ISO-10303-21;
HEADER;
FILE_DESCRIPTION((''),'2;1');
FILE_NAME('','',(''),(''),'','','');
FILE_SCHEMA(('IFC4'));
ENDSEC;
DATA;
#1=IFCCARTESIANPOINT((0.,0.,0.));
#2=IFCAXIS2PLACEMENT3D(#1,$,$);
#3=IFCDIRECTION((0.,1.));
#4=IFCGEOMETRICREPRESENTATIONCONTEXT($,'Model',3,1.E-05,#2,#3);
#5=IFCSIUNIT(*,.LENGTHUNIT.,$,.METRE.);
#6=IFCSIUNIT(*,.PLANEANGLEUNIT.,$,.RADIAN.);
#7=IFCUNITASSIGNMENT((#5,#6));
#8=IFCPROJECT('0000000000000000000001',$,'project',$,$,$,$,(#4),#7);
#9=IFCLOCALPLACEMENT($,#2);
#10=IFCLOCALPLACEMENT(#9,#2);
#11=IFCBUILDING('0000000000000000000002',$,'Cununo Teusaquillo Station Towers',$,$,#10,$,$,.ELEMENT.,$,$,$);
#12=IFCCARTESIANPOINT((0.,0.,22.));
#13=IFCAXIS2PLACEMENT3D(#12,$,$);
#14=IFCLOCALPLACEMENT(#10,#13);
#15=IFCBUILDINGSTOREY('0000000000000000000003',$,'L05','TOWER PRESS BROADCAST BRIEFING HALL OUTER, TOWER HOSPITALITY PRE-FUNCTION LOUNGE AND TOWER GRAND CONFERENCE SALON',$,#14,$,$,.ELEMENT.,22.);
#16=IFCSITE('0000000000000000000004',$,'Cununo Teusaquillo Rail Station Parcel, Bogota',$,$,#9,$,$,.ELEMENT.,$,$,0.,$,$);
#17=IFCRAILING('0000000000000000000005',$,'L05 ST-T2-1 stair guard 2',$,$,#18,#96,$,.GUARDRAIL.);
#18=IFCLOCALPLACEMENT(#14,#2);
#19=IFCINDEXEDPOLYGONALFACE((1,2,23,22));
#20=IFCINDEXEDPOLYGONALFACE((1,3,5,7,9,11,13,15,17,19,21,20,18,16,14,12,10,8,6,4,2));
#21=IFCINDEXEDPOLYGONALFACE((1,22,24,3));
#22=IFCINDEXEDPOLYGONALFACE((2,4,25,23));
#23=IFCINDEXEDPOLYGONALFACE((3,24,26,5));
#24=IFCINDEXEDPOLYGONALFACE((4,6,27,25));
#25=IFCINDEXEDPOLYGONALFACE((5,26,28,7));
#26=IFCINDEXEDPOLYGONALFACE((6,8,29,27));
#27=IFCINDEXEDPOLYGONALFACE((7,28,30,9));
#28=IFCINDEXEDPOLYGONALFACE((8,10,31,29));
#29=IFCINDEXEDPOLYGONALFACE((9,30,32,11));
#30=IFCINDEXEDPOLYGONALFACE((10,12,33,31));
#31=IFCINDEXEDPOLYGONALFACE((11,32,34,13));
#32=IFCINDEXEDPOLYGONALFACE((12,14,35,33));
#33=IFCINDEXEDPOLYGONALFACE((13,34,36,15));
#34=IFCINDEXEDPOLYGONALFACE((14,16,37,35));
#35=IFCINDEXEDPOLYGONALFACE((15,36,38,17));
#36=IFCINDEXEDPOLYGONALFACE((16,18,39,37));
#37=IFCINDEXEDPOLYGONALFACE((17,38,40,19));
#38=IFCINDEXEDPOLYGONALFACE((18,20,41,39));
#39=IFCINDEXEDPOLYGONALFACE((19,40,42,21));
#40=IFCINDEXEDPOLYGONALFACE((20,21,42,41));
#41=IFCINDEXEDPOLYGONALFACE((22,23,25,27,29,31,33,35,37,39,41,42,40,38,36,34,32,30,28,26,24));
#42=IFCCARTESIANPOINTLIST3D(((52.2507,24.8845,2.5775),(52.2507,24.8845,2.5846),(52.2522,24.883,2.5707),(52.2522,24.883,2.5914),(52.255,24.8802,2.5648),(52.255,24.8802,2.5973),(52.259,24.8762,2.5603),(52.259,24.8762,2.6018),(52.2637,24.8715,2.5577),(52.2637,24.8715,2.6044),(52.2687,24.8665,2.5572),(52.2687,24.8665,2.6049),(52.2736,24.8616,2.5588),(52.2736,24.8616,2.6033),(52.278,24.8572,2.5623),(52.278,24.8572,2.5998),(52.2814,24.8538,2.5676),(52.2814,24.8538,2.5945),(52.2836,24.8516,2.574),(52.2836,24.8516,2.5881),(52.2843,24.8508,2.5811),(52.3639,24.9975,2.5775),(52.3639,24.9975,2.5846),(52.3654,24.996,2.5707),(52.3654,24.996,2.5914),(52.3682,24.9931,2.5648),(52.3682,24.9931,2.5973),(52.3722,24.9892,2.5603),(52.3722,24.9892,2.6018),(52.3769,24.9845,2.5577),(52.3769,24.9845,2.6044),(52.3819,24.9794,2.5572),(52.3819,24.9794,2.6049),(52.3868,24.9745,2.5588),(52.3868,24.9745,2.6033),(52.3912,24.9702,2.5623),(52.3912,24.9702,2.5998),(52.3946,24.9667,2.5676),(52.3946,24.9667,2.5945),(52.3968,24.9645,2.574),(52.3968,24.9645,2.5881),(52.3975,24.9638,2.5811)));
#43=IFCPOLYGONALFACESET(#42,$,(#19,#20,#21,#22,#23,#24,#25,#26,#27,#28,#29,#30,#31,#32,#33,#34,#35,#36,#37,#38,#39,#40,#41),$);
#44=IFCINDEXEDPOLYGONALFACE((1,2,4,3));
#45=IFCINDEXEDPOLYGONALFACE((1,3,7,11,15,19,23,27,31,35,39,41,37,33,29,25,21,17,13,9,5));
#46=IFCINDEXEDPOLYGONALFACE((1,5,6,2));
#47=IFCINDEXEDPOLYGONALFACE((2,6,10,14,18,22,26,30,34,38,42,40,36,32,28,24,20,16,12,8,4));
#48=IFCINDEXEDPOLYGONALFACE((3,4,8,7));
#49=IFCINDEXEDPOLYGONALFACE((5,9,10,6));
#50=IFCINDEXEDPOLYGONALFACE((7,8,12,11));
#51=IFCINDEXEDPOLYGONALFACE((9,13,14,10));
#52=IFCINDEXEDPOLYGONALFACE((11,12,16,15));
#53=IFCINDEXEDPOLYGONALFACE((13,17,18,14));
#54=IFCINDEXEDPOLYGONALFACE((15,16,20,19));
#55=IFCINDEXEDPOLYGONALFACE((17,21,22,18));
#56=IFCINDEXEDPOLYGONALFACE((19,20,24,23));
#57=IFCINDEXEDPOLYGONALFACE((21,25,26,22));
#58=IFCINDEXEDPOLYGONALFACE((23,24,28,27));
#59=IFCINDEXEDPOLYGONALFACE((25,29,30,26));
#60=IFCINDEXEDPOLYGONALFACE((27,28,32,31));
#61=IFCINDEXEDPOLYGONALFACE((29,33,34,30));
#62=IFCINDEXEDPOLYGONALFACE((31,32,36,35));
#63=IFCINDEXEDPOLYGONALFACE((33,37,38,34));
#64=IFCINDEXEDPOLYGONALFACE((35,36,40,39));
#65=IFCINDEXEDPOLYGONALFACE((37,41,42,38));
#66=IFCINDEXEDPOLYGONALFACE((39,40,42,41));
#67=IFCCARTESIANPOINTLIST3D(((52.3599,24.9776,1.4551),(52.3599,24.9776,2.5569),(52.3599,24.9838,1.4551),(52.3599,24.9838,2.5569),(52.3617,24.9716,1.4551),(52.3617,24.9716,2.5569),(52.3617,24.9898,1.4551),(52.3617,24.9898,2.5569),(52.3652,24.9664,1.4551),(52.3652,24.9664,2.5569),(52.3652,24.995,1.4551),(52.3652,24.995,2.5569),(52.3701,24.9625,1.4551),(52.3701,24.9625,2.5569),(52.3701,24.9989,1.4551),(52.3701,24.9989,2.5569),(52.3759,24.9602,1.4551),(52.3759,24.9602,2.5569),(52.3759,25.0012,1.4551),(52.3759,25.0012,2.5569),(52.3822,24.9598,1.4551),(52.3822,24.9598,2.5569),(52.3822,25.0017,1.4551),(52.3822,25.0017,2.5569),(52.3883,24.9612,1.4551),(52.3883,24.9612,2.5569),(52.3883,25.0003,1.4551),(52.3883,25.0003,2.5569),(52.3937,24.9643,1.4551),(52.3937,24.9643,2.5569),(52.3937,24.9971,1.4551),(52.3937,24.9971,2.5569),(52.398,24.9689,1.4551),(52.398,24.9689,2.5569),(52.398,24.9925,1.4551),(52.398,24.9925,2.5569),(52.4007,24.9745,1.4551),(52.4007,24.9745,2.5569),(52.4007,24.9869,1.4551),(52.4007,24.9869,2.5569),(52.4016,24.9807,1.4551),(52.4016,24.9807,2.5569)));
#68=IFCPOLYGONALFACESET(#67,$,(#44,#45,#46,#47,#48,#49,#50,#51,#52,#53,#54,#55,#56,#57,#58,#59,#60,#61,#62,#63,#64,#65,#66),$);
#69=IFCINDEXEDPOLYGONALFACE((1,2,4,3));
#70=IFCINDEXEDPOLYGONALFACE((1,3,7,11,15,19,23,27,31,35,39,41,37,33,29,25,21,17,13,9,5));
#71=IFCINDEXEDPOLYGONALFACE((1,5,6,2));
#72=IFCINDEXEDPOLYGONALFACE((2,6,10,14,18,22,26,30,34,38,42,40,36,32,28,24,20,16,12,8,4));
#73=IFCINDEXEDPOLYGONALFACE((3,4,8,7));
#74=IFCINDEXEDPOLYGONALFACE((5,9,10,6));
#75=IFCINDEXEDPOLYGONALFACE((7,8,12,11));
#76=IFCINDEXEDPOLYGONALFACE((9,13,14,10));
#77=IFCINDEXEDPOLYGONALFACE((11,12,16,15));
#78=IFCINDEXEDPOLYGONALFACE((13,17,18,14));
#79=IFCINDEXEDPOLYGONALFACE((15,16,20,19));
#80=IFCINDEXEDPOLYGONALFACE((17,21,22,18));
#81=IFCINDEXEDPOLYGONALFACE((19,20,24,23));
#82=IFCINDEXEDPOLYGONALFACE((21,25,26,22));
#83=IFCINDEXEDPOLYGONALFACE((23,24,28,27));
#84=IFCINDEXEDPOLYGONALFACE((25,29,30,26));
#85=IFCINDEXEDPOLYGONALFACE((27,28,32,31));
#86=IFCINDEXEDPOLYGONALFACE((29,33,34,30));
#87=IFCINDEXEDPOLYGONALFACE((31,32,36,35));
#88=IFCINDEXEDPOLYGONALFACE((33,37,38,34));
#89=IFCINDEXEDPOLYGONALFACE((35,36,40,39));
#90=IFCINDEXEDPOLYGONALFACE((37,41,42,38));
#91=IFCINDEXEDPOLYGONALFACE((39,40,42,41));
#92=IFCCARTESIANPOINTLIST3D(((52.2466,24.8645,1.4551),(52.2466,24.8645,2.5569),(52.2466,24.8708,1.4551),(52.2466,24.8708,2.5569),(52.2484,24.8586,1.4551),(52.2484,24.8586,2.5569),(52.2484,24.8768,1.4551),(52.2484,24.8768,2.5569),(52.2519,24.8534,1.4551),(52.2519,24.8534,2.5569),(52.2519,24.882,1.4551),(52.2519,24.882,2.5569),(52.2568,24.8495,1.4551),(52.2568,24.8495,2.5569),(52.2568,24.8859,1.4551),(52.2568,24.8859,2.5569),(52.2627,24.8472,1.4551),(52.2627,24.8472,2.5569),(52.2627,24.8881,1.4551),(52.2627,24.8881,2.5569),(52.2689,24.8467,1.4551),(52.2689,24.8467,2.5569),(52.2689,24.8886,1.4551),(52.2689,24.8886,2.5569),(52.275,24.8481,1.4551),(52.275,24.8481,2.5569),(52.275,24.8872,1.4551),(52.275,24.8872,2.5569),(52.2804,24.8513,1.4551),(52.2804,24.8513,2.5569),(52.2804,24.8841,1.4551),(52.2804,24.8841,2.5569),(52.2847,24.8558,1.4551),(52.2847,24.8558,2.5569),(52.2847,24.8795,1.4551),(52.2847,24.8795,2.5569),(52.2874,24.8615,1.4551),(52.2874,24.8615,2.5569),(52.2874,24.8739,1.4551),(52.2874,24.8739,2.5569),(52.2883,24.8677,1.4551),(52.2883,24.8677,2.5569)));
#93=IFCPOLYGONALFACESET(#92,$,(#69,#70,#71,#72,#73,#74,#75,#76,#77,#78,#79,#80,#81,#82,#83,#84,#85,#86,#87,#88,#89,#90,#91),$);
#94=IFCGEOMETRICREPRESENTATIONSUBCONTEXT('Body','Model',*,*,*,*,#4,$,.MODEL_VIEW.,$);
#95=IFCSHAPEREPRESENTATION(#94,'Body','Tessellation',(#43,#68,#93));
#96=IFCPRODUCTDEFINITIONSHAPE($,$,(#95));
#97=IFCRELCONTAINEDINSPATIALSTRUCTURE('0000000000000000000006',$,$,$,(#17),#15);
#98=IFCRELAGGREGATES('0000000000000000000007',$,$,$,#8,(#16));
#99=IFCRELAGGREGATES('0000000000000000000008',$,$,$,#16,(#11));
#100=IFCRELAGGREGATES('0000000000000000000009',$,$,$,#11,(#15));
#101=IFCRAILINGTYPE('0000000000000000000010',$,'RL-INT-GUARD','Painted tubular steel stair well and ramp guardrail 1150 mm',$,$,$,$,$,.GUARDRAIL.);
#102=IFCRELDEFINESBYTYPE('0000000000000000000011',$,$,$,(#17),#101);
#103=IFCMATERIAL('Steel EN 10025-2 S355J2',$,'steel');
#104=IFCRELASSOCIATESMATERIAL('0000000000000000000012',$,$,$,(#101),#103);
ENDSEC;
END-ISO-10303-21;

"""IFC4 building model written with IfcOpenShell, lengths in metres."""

from ifc_helpers import new_model, si_unit, direction, frame, origin, origin_2d, place, context, subcontext, project, spatial, circle, extrude, material, type_object, element, save


model = new_model("IFC4")

# Units and contexts
model_context = context("Model", 3, precision=1e-05, world=origin(), true_north=direction((0.0, 1.0)))
body_context = subcontext(model_context, "Body", "Model", "MODEL_VIEW")
ifc_project = project(units=[si_unit("LENGTHUNIT", "METRE"), si_unit("PLANEANGLEUNIT", "RADIAN")], contexts=[model_context])

# Site, building, storey
site_placement = place(None, origin())
site = spatial("IfcSite", under=ifc_project, at=site_placement, Name="Cununo Teusaquillo Rail Station Parcel, Bogota", CompositionType="ELEMENT", RefElevation=0.0)
building_placement = place(site_placement, origin())
building = spatial("IfcBuilding", under=site, at=building_placement, Name="Cununo Teusaquillo Station Towers", CompositionType="ELEMENT")
storey_placement = place(building_placement, frame((0.0, 0.0, 22.0)))
storey = spatial("IfcBuildingStorey", under=building, at=storey_placement, Name="L05", Description="TOWER PRESS BROADCAST BRIEFING HALL OUTER, TOWER HOSPITALITY PRE-FUNCTION LOUNGE AND TOWER GRAND CONFERENCE SALON", CompositionType="ELEMENT", Elevation=22.0)

# Railing
ifc_material_1 = material(Name="Steel EN 10025-2 S355J2", Category="steel")
railing_type_1 = type_object("IfcRailingType", Name="RL-INT-GUARD", Description="Painted tubular steel stair well and ramp guardrail 1150 mm", PredefinedType="GUARDRAIL", material=ifc_material_1)
railing_1_placement = place(storey_placement, frame((52.3806, 24.9807, 1.4551)))
element("IfcRailing", 1, at=railing_1_placement, inside=storey, type_object=railing_type_1, Name="L05 ST-T2-1 stair guard 2", PredefinedType="GUARDRAIL", context=body_context, shape_type="SweptSolid", body=[
    extrude(circle(Radius=0.0239, at=origin_2d()), frame((0.0, 0.0, 1.126), z_axis=(-0.707869, -0.706344, 0.0), x_axis=(0.706344, -0.707869, 0.0)), (0.0, 0.0, 1.0), 0.1599),
    extrude(circle(Radius=0.021, at=origin_2d()), origin(), (0.0, 0.0, 1.0), 1.1018),
    extrude(circle(Radius=0.021, at=origin_2d()), frame((-0.1133, -0.113, 0.0)), (0.0, 0.0, 1.0), 1.1018),
])

save(model, "model.ifc")
